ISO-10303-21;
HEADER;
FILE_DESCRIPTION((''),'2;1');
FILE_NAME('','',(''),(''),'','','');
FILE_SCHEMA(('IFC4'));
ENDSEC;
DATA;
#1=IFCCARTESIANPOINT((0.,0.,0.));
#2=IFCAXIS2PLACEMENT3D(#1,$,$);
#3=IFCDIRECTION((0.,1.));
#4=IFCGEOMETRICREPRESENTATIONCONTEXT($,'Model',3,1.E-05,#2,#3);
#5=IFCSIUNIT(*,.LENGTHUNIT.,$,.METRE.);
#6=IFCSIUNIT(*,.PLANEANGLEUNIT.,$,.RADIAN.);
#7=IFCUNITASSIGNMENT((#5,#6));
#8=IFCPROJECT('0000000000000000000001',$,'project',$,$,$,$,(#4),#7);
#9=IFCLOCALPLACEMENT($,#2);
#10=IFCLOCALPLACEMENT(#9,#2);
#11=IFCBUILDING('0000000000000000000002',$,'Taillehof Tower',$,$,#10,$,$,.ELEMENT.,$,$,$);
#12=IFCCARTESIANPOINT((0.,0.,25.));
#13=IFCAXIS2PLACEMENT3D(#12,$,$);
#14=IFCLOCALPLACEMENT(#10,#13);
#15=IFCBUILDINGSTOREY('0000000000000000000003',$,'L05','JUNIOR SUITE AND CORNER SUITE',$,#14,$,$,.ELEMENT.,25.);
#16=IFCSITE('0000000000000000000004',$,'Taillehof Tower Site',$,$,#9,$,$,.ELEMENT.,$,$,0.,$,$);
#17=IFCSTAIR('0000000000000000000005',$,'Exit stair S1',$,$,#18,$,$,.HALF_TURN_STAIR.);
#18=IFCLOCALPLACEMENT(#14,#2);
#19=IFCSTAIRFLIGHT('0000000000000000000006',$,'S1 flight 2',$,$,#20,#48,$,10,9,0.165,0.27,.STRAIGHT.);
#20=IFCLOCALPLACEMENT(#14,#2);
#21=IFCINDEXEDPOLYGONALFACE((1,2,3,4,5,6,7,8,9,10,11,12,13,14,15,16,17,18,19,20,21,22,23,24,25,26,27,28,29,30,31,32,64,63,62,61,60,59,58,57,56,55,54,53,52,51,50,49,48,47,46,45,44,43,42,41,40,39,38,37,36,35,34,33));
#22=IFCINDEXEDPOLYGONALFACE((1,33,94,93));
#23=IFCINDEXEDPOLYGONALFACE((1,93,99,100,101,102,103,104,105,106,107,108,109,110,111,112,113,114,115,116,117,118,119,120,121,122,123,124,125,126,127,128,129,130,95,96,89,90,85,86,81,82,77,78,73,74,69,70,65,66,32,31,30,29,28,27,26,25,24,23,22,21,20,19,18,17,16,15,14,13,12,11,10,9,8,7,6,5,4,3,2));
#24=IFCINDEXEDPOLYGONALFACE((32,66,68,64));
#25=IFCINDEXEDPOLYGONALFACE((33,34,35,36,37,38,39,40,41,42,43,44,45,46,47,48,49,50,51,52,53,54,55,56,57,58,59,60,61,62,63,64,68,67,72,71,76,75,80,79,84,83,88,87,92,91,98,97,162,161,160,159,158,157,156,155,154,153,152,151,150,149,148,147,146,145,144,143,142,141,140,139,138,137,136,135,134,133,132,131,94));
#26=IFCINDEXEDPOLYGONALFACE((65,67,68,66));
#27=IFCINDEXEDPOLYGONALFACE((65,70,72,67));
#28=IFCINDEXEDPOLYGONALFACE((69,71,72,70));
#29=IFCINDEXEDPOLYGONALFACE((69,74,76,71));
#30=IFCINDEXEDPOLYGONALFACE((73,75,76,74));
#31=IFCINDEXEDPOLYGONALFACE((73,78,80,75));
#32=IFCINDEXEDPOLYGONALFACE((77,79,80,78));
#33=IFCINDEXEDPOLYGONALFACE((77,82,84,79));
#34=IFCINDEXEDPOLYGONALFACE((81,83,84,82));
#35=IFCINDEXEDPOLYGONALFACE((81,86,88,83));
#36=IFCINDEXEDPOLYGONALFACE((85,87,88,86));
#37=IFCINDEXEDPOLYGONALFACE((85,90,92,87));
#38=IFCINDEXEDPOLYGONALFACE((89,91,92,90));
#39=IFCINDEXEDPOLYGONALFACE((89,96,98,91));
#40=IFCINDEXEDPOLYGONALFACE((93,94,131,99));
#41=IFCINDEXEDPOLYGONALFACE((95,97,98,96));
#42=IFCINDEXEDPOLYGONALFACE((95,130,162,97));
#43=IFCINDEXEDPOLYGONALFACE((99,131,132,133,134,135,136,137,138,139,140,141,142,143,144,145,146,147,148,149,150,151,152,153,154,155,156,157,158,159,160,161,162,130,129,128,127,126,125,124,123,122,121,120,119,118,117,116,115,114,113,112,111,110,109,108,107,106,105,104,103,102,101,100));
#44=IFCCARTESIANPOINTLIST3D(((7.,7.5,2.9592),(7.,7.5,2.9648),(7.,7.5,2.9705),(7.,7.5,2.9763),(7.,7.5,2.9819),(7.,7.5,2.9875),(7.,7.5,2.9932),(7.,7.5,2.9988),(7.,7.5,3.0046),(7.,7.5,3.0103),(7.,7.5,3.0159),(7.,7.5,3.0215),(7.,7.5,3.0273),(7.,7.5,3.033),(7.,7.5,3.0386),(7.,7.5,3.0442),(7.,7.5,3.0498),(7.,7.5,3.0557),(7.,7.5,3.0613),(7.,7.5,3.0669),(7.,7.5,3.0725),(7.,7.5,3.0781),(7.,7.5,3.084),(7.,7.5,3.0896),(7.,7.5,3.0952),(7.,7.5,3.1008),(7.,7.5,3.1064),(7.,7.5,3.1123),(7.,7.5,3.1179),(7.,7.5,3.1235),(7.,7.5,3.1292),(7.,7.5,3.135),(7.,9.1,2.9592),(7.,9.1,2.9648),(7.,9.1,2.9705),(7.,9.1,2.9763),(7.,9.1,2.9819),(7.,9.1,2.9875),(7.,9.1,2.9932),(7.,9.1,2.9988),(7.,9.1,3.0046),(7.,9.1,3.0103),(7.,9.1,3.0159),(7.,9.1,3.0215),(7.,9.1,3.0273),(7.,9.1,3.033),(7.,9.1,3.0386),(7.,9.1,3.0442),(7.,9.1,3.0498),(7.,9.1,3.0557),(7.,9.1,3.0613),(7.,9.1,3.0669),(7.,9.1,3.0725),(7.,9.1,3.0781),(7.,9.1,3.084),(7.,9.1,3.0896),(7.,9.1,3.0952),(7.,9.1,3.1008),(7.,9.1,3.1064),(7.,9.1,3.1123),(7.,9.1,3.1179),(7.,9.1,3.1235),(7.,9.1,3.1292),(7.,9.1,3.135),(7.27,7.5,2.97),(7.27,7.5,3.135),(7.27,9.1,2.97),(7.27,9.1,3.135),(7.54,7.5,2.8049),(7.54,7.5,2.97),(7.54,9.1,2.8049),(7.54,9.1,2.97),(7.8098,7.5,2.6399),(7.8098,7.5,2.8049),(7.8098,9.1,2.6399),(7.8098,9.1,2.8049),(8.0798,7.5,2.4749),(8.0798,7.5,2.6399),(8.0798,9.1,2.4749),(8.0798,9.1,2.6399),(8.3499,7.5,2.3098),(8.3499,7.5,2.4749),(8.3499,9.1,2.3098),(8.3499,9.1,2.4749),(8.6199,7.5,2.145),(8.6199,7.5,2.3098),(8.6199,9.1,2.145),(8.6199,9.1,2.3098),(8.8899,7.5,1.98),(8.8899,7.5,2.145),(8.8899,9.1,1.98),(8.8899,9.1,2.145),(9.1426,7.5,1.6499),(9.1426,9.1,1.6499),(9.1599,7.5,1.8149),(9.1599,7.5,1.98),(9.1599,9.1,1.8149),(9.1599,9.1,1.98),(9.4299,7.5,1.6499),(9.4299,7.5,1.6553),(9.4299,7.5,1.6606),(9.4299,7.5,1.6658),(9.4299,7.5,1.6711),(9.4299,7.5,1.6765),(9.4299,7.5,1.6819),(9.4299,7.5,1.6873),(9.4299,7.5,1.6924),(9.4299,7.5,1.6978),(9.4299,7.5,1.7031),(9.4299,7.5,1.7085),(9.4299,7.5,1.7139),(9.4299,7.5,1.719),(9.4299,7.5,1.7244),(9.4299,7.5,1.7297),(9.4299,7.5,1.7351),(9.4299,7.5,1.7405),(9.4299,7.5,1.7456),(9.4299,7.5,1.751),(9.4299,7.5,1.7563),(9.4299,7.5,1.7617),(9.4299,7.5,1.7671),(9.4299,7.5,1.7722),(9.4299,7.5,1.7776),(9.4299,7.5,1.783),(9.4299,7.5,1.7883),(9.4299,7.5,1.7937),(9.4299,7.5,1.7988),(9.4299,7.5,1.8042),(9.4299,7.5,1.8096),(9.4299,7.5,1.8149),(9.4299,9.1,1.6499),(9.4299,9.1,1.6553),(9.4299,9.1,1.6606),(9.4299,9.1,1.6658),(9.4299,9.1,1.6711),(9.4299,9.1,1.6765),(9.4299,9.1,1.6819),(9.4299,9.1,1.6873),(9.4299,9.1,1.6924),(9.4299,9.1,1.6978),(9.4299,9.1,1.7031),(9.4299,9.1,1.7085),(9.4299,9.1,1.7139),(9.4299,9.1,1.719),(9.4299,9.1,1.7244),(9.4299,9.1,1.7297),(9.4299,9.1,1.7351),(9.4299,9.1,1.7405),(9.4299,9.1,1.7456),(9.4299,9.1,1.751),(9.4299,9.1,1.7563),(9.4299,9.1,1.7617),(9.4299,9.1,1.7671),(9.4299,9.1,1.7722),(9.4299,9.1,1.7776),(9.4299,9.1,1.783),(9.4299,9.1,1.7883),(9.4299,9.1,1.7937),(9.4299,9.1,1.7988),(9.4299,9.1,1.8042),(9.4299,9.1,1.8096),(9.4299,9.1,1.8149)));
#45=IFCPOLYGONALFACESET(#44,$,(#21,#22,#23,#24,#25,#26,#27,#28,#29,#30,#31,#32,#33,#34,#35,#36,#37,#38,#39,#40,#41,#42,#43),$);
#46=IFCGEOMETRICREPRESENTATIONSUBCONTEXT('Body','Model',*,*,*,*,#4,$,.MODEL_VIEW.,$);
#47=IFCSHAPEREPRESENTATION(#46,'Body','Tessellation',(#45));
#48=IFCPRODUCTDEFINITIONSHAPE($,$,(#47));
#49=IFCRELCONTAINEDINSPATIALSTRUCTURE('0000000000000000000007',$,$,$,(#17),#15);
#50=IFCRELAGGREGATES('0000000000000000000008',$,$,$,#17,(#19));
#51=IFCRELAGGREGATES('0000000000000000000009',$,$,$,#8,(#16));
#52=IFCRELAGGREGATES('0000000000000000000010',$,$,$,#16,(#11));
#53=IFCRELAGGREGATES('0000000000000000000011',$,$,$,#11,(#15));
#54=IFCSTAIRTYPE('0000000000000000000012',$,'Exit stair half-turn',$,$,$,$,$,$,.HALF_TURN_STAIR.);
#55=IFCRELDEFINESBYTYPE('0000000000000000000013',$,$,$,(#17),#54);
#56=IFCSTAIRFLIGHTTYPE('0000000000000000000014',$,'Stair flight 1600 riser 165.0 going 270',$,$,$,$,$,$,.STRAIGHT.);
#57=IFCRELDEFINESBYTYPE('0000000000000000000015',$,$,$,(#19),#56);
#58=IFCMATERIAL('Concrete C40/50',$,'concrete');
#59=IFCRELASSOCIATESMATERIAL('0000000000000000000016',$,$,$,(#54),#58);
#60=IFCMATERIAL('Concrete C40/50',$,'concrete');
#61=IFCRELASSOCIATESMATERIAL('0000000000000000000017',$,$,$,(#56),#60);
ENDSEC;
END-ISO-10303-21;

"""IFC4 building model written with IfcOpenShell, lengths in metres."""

from ifc_helpers import new_model, si_unit, direction, frame, origin, place, context, subcontext, project, spatial, polyline, outline, extrude, material, type_object, element, aggregate, save


model = new_model("IFC4")

# Units and contexts
model_context = context("Model", 3, precision=1e-05, world=origin(), true_north=direction((0.0, 1.0)))
body_context = subcontext(model_context, "Body", "Model", "MODEL_VIEW")
ifc_project = project(units=[si_unit("LENGTHUNIT", "METRE"), si_unit("PLANEANGLEUNIT", "RADIAN")], contexts=[model_context])

# Site, building, storey
site_placement = place(None, origin())
site = spatial("IfcSite", under=ifc_project, at=site_placement, Name="Taillehof Tower Site", CompositionType="ELEMENT", RefElevation=0.0)
building_placement = place(site_placement, origin())
building = spatial("IfcBuilding", under=site, at=building_placement, Name="Taillehof Tower", CompositionType="ELEMENT")
storey_placement = place(building_placement, frame((0.0, 0.0, 25.0)))
storey = spatial("IfcBuildingStorey", under=building, at=storey_placement, Name="L05", Description="JUNIOR SUITE AND CORNER SUITE", CompositionType="ELEMENT", Elevation=25.0)

# Stair, stair flight
ifc_material_1 = material(Name="Concrete C40/50", Category="concrete")
stair_type = type_object("IfcStairType", Name="Exit stair half-turn", PredefinedType="HALF_TURN_STAIR", material=ifc_material_1)
stair_placement = place(storey_placement, origin())
stair = element("IfcStair", 1, at=stair_placement, inside=storey, type_object=stair_type, Name="Exit stair S1", PredefinedType="HALF_TURN_STAIR")
ifc_material_2 = material(Name="Concrete C40/50", Category="concrete")
stair_flight_type = type_object("IfcStairFlightType", Name="Stair flight 1600 riser 165.0 going 270", PredefinedType="STRAIGHT", material=ifc_material_2)
stair_flight_1_placement = place(storey_placement, frame((9.4299, 8.3, 1.6499), z_axis=(0.0, 0.0, 1.0), x_axis=(-1.0, 0.0, 0.0)))
stair_flight_1 = element("IfcStairFlight", 2, at=stair_flight_1_placement, type_object=stair_flight_type, Name="S1 flight 2", NumberOfRisers=10, NumberOfTreads=9, PredefinedType="STRAIGHT", RiserHeight=0.165, TreadLength=0.27, context=body_context, shape_type="SweptSolid", body=[
    extrude(outline(polyline([(0.0, 0.0), (0.0, 0.0054), (0.0, 0.0107), (0.0, 0.0159), (0.0, 0.0212), (0.0, 0.0266), (0.0, 0.032), (0.0, 0.0374), (0.0, 0.0425), (0.0, 0.0479), (0.0, 0.0532), (0.0, 0.0586), (0.0, 0.064), (0.0, 0.0691), (0.0, 0.0745), (0.0, 0.0798), (0.0, 0.0852), (0.0, 0.0906), (0.0, 0.0957), (0.0, 0.1011), (0.0, 0.1064), (0.0, 0.1118), (0.0, 0.1172), (0.0, 0.1223), (0.0, 0.1277), (0.0, 0.1331), (0.0, 0.1384), (0.0, 0.1438), (0.0, 0.1489), (0.0, 0.1543), (0.0, 0.1597), (0.0, 0.165), (0.27, 0.165), (0.27, 0.3301), (0.54, 0.3301), (0.54, 0.4951), (0.8101, 0.4951), (0.8101, 0.6599), (1.0801, 0.6599), (1.0801, 0.825), (1.3501, 0.825), (1.3501, 0.99), (1.6201, 0.99), (1.6201, 1.155), (1.8899, 1.155), (1.8899, 1.3201), (2.1599, 1.3201), (2.1599, 1.4851), (2.4299, 1.4851), (2.4299, 1.4792), (2.4299, 1.4736), (2.4299, 1.468), (2.4299, 1.4624), (2.4299, 1.4565), (2.4299, 1.4509), (2.4299, 1.4453), (2.4299, 1.4397), (2.4299, 1.4341), (2.4299, 1.4282), (2.4299, 1.4226), (2.4299, 1.417), (2.4299, 1.4114), (2.4299, 1.4058), (2.4299, 1.3999), (2.4299, 1.3943), (2.4299, 1.3887), (2.4299, 1.3831), (2.4299, 1.3774), (2.4299, 1.3716), (2.4299, 1.366), (2.4299, 1.3604), (2.4299, 1.3547), (2.4299, 1.3489), (2.4299, 1.3433), (2.4299, 1.3376), (2.4299, 1.332), (2.4299, 1.3264), (2.4299, 1.3206), (2.4299, 1.3149), (2.4299, 1.3093), (0.2874, 0.0), (0.0, 0.0)])), frame((0.0, 0.8, 0.0), z_axis=(0.0, -1.0, 0.0), x_axis=(1.0, 0.0, 0.0)), (0.0, 0.0, 1.0), 1.6),
])
aggregate(stair, [stair_flight_1])

save(model, "model.ifc")
